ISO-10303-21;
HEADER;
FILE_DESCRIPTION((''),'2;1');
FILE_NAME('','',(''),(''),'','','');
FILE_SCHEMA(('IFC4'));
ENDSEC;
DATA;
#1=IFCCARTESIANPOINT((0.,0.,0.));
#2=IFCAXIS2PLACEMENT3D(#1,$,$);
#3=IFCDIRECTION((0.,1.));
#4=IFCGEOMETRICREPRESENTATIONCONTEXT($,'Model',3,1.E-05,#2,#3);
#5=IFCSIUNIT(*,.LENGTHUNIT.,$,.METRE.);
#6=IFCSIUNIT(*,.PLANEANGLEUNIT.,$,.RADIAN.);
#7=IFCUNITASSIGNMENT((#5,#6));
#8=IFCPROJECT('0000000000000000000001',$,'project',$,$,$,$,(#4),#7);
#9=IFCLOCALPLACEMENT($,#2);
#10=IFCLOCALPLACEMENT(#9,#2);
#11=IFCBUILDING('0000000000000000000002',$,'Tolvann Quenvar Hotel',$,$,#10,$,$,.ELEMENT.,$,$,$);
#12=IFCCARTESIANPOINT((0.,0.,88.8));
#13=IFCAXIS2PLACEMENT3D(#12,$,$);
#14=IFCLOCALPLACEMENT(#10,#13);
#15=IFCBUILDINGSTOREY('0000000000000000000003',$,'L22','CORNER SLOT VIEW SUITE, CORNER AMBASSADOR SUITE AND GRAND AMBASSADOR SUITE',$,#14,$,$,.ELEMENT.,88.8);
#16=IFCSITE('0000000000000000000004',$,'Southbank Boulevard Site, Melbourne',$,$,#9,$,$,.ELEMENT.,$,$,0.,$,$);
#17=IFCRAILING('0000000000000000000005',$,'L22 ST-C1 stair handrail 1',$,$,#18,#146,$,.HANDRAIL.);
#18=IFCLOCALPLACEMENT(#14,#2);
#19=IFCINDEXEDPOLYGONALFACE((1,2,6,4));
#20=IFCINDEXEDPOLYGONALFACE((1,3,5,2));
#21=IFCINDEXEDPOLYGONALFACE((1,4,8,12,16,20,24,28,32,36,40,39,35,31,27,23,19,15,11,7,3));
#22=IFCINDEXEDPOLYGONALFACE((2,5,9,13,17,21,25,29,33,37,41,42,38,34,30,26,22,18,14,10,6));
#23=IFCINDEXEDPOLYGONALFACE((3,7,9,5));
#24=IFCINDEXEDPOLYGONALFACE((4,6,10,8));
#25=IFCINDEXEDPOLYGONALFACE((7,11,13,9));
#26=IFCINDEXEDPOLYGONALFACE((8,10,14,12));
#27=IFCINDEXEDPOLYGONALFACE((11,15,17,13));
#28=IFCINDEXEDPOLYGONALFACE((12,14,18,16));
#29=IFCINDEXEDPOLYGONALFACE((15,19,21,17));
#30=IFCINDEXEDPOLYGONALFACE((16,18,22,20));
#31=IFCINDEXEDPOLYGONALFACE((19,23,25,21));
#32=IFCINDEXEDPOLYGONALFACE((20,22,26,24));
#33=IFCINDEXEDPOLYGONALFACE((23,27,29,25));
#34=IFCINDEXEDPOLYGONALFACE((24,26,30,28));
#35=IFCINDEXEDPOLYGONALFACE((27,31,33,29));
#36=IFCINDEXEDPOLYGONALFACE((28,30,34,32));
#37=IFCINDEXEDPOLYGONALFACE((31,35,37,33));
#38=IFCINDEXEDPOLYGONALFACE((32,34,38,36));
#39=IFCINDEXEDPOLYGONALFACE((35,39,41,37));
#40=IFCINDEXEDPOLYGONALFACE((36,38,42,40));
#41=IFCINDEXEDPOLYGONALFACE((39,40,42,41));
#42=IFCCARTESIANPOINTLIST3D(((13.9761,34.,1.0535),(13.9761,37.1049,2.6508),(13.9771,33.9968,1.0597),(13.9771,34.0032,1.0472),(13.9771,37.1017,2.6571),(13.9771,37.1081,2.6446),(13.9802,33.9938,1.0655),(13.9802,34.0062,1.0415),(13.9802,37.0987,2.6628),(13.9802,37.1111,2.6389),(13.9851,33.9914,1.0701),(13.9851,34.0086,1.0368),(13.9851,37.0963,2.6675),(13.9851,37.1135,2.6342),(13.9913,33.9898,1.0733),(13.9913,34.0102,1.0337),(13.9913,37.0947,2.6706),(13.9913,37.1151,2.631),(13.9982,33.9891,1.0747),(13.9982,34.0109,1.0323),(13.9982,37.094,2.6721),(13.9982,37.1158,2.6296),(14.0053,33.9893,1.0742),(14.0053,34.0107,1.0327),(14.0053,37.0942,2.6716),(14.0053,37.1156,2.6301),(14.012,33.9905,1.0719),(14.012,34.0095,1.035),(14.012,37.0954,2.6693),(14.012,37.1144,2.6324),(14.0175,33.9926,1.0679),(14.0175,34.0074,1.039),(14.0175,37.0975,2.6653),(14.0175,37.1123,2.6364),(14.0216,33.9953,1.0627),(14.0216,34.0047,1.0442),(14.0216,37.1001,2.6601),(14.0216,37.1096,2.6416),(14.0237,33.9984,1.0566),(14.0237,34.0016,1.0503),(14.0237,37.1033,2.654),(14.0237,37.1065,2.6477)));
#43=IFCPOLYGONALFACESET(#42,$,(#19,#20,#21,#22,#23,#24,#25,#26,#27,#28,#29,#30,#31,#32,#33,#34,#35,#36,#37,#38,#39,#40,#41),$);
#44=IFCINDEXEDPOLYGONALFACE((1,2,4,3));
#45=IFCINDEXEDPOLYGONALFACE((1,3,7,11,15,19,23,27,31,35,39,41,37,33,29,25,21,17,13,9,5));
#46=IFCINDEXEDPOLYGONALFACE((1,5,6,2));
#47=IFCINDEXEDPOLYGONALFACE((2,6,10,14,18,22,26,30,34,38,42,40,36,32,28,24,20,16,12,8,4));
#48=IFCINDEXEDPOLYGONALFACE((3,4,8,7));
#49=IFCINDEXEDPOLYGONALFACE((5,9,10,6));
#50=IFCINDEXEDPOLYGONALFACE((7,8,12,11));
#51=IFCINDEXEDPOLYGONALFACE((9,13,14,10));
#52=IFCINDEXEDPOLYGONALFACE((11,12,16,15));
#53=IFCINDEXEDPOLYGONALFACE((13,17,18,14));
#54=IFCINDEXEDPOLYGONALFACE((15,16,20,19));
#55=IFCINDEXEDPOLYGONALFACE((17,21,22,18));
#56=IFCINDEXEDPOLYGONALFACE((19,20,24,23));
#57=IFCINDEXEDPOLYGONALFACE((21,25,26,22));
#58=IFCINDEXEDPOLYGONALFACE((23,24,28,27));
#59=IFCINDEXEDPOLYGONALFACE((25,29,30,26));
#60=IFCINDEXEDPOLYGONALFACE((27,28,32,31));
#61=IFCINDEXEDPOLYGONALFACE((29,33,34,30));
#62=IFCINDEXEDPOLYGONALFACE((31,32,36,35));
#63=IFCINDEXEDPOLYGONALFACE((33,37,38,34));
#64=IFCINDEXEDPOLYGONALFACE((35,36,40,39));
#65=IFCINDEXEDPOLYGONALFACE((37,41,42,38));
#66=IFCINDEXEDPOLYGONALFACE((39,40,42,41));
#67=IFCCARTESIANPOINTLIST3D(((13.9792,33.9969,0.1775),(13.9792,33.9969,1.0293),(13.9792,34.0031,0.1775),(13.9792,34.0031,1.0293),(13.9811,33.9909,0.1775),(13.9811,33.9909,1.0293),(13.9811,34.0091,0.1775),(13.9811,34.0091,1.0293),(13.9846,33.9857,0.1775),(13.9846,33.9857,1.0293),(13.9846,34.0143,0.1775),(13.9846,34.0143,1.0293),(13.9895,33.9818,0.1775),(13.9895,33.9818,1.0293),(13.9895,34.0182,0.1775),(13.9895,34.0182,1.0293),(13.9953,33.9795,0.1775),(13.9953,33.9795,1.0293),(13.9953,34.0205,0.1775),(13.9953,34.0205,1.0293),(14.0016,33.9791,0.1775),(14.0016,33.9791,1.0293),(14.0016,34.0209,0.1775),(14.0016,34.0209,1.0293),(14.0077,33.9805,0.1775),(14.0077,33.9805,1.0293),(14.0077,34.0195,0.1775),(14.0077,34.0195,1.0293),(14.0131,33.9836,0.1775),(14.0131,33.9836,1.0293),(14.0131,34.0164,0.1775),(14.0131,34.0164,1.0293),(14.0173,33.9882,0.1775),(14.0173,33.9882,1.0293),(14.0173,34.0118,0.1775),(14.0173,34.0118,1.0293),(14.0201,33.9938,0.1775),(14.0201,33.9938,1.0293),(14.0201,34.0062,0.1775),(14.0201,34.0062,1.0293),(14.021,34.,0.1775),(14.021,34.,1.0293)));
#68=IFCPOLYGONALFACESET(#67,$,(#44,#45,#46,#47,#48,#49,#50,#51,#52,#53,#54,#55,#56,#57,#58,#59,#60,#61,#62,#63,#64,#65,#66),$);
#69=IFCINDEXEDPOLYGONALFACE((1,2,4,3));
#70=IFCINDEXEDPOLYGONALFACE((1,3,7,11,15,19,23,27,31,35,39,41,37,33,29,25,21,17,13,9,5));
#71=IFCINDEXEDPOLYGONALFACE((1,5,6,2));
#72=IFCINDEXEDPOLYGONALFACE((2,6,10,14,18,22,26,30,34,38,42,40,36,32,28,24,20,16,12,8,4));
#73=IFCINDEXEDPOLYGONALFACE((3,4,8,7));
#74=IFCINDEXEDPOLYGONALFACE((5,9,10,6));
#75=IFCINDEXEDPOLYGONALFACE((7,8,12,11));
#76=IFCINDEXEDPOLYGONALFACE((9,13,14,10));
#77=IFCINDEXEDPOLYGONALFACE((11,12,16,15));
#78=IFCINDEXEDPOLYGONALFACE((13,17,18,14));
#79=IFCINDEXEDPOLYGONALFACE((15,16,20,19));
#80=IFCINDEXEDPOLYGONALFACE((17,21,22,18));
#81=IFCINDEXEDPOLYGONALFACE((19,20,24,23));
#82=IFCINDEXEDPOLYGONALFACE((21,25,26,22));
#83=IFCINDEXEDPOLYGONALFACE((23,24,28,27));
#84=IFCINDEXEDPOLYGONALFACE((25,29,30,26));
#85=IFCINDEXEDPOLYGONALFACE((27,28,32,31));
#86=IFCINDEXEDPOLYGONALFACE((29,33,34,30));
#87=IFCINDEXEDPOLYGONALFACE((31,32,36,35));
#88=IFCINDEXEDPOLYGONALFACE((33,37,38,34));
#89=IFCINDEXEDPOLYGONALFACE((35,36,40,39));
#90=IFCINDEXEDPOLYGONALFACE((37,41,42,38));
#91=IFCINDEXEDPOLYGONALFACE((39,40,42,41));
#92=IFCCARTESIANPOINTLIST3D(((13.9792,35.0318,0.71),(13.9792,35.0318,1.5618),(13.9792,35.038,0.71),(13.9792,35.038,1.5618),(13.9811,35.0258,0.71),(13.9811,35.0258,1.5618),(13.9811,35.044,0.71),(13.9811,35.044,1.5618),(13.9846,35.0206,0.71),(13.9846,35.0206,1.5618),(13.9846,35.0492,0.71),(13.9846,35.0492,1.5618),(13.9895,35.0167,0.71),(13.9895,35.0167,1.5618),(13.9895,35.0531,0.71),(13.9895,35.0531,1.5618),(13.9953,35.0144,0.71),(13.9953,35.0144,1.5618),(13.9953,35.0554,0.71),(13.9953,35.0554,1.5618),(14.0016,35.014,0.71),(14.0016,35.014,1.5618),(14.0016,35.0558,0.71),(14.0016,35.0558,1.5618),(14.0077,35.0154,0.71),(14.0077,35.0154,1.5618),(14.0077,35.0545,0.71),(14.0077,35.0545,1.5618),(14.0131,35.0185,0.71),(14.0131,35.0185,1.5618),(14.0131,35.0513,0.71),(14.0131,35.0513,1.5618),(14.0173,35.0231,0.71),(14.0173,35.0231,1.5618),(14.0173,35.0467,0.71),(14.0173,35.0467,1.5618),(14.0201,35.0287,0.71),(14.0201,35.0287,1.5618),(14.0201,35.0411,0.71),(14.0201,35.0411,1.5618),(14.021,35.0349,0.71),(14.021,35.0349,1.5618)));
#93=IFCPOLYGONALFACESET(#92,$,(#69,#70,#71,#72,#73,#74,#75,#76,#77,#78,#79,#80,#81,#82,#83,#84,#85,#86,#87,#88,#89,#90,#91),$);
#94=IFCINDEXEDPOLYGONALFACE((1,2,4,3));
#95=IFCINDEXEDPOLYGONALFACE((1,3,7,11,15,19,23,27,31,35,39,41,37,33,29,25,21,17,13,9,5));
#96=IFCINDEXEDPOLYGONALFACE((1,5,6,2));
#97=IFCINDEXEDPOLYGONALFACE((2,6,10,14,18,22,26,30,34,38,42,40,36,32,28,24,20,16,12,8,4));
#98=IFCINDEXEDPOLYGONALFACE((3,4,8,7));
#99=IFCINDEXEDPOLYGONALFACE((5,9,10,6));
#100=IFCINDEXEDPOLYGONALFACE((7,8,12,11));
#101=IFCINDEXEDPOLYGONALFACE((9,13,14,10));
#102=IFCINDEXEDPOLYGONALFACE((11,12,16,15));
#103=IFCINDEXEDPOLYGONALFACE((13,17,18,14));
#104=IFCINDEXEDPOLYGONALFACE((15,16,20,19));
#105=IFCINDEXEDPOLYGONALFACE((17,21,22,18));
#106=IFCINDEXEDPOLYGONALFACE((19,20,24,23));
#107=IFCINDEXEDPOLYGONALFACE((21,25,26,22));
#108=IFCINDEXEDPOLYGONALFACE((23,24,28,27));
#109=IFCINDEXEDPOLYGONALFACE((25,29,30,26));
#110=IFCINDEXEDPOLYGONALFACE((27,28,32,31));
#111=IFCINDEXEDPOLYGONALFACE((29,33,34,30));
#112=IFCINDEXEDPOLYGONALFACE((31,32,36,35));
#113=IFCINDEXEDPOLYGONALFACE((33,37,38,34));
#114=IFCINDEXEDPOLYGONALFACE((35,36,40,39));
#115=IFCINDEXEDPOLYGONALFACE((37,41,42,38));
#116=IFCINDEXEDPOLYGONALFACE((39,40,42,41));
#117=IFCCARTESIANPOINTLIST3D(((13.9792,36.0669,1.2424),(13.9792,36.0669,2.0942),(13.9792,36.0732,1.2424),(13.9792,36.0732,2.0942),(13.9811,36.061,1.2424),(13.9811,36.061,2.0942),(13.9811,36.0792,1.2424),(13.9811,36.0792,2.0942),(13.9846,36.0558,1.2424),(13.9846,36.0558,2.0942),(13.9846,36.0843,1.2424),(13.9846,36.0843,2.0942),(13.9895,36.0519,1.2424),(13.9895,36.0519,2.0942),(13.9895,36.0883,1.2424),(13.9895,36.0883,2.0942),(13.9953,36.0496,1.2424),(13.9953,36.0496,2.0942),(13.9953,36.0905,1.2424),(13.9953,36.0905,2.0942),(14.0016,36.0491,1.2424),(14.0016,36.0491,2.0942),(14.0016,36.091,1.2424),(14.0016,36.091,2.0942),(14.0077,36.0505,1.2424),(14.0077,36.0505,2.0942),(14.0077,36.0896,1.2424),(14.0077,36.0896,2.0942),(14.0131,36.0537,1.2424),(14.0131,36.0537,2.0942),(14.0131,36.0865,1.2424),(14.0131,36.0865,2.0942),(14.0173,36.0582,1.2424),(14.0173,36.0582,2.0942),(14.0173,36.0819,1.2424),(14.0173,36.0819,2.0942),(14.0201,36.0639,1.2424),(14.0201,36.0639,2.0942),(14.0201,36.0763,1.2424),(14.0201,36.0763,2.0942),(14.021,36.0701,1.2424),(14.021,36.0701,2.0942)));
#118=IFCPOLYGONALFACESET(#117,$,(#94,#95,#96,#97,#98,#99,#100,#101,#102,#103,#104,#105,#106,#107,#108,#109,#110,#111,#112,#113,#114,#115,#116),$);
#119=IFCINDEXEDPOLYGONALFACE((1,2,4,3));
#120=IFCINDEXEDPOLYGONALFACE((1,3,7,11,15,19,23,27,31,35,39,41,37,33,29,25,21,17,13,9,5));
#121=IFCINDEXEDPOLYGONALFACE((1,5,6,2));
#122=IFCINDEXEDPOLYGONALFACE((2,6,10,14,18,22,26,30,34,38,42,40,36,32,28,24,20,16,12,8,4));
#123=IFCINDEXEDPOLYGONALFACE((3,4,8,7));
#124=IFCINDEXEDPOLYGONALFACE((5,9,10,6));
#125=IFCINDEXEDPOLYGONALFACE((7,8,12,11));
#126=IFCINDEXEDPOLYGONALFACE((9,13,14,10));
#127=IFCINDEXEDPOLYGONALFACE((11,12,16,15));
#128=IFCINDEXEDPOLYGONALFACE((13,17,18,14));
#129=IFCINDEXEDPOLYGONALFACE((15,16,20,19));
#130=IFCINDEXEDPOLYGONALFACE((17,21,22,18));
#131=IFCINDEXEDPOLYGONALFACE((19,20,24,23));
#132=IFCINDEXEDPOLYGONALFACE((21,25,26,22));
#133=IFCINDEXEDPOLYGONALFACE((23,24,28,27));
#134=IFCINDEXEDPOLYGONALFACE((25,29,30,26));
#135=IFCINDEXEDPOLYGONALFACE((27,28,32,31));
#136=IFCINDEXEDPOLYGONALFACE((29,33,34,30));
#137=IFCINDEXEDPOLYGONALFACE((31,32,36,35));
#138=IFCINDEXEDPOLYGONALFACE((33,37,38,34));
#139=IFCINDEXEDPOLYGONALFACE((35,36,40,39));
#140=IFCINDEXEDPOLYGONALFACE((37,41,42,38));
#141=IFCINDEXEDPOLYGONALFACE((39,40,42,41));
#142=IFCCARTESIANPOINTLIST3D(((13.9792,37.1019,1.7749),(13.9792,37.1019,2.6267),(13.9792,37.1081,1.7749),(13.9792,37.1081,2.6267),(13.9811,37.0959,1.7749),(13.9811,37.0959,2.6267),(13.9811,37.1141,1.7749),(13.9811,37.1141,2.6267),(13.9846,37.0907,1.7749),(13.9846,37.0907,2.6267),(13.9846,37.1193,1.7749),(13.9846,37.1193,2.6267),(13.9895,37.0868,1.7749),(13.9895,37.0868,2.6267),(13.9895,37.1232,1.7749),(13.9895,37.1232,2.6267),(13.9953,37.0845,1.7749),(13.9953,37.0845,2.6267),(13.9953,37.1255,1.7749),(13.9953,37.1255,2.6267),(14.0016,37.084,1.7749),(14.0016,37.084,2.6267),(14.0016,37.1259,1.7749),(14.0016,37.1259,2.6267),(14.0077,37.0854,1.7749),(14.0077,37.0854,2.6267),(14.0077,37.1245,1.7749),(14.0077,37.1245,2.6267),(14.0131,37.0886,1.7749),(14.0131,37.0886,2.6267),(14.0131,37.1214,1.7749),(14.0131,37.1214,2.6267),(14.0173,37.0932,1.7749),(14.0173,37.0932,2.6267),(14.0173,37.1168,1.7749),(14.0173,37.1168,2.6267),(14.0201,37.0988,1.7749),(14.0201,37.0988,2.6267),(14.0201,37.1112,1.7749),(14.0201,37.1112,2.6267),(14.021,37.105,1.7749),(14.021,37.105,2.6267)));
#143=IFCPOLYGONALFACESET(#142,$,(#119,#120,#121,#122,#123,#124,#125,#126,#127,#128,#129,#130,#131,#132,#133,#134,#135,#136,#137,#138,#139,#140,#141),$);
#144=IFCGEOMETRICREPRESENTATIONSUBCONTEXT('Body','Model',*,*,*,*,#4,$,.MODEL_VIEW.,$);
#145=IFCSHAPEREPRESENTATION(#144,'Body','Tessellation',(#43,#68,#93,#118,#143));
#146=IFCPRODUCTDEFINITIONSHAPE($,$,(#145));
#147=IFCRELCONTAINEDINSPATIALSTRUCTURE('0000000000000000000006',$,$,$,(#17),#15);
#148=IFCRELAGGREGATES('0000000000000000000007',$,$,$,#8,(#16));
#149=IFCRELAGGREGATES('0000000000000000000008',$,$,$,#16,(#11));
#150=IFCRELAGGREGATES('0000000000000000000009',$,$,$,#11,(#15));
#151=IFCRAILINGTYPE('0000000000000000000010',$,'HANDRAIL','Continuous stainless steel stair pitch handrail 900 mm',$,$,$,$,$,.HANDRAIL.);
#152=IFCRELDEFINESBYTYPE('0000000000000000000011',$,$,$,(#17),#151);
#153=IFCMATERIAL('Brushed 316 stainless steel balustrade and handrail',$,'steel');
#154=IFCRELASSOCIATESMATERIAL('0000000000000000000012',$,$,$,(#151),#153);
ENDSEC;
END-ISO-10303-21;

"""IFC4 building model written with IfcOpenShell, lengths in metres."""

from ifc_helpers import new_model, si_unit, direction, frame, origin, origin_2d, place, context, subcontext, project, spatial, circle, extrude, material, type_object, element, save


model = new_model("IFC4")

# Units and contexts
model_context = context("Model", 3, precision=1e-05, world=origin(), true_north=direction((0.0, 1.0)))
body_context = subcontext(model_context, "Body", "Model", "MODEL_VIEW")
ifc_project = project(units=[si_unit("LENGTHUNIT", "METRE"), si_unit("PLANEANGLEUNIT", "RADIAN")], contexts=[model_context])

# Site, building, storey
site_placement = place(None, origin())
site = spatial("IfcSite", under=ifc_project, at=site_placement, Name="Southbank Boulevard Site, Melbourne", CompositionType="ELEMENT", RefElevation=0.0)
building_placement = place(site_placement, origin())
building = spatial("IfcBuilding", under=site, at=building_placement, Name="Tolvann Quenvar Hotel", CompositionType="ELEMENT")
storey_placement = place(building_placement, frame((0.0, 0.0, 88.8)))
storey = spatial("IfcBuildingStorey", under=building, at=storey_placement, Name="L22", Description="CORNER SLOT VIEW SUITE, CORNER AMBASSADOR SUITE AND GRAND AMBASSADOR SUITE", CompositionType="ELEMENT", Elevation=88.8)

# Railing
ifc_material_1 = material(Name="Brushed 316 stainless steel balustrade and handrail", Category="steel")
railing_type_1 = type_object("IfcRailingType", Name="HANDRAIL", Description="Continuous stainless steel stair pitch handrail 900 mm", PredefinedType="HANDRAIL", material=ifc_material_1)
railing_1_placement = place(storey_placement, frame((14.0, 34.0, 0.1775)))
element("IfcRailing", 1, at=railing_1_placement, inside=storey, type_object=railing_type_1, Name="L22 ST-C1 stair handrail 1", PredefinedType="HANDRAIL", context=body_context, shape_type="SweptSolid", body=[
    extrude(circle(Radius=0.0239, at=origin_2d()), frame((0.0, 0.0, 0.876), z_axis=(0.0, 0.889222, 0.457476), x_axis=(-1.0, 0.0, 0.0)), (0.0, 0.0, 1.0), 3.4917),
    extrude(circle(Radius=0.021, at=origin_2d()), origin(), (0.0, 0.0, 1.0), 0.8518),
    extrude(circle(Radius=0.021, at=origin_2d()), frame((0.0, 1.0349, 0.5325)), (0.0, 0.0, 1.0), 0.8518),
    extrude(circle(Radius=0.021, at=origin_2d()), frame((0.0, 2.0701, 1.0649)), (0.0, 0.0, 1.0), 0.8518),
    extrude(circle(Radius=0.021, at=origin_2d()), frame((0.0, 3.105, 1.5974)), (0.0, 0.0, 1.0), 0.8518),
])

save(model, "model.ifc")
